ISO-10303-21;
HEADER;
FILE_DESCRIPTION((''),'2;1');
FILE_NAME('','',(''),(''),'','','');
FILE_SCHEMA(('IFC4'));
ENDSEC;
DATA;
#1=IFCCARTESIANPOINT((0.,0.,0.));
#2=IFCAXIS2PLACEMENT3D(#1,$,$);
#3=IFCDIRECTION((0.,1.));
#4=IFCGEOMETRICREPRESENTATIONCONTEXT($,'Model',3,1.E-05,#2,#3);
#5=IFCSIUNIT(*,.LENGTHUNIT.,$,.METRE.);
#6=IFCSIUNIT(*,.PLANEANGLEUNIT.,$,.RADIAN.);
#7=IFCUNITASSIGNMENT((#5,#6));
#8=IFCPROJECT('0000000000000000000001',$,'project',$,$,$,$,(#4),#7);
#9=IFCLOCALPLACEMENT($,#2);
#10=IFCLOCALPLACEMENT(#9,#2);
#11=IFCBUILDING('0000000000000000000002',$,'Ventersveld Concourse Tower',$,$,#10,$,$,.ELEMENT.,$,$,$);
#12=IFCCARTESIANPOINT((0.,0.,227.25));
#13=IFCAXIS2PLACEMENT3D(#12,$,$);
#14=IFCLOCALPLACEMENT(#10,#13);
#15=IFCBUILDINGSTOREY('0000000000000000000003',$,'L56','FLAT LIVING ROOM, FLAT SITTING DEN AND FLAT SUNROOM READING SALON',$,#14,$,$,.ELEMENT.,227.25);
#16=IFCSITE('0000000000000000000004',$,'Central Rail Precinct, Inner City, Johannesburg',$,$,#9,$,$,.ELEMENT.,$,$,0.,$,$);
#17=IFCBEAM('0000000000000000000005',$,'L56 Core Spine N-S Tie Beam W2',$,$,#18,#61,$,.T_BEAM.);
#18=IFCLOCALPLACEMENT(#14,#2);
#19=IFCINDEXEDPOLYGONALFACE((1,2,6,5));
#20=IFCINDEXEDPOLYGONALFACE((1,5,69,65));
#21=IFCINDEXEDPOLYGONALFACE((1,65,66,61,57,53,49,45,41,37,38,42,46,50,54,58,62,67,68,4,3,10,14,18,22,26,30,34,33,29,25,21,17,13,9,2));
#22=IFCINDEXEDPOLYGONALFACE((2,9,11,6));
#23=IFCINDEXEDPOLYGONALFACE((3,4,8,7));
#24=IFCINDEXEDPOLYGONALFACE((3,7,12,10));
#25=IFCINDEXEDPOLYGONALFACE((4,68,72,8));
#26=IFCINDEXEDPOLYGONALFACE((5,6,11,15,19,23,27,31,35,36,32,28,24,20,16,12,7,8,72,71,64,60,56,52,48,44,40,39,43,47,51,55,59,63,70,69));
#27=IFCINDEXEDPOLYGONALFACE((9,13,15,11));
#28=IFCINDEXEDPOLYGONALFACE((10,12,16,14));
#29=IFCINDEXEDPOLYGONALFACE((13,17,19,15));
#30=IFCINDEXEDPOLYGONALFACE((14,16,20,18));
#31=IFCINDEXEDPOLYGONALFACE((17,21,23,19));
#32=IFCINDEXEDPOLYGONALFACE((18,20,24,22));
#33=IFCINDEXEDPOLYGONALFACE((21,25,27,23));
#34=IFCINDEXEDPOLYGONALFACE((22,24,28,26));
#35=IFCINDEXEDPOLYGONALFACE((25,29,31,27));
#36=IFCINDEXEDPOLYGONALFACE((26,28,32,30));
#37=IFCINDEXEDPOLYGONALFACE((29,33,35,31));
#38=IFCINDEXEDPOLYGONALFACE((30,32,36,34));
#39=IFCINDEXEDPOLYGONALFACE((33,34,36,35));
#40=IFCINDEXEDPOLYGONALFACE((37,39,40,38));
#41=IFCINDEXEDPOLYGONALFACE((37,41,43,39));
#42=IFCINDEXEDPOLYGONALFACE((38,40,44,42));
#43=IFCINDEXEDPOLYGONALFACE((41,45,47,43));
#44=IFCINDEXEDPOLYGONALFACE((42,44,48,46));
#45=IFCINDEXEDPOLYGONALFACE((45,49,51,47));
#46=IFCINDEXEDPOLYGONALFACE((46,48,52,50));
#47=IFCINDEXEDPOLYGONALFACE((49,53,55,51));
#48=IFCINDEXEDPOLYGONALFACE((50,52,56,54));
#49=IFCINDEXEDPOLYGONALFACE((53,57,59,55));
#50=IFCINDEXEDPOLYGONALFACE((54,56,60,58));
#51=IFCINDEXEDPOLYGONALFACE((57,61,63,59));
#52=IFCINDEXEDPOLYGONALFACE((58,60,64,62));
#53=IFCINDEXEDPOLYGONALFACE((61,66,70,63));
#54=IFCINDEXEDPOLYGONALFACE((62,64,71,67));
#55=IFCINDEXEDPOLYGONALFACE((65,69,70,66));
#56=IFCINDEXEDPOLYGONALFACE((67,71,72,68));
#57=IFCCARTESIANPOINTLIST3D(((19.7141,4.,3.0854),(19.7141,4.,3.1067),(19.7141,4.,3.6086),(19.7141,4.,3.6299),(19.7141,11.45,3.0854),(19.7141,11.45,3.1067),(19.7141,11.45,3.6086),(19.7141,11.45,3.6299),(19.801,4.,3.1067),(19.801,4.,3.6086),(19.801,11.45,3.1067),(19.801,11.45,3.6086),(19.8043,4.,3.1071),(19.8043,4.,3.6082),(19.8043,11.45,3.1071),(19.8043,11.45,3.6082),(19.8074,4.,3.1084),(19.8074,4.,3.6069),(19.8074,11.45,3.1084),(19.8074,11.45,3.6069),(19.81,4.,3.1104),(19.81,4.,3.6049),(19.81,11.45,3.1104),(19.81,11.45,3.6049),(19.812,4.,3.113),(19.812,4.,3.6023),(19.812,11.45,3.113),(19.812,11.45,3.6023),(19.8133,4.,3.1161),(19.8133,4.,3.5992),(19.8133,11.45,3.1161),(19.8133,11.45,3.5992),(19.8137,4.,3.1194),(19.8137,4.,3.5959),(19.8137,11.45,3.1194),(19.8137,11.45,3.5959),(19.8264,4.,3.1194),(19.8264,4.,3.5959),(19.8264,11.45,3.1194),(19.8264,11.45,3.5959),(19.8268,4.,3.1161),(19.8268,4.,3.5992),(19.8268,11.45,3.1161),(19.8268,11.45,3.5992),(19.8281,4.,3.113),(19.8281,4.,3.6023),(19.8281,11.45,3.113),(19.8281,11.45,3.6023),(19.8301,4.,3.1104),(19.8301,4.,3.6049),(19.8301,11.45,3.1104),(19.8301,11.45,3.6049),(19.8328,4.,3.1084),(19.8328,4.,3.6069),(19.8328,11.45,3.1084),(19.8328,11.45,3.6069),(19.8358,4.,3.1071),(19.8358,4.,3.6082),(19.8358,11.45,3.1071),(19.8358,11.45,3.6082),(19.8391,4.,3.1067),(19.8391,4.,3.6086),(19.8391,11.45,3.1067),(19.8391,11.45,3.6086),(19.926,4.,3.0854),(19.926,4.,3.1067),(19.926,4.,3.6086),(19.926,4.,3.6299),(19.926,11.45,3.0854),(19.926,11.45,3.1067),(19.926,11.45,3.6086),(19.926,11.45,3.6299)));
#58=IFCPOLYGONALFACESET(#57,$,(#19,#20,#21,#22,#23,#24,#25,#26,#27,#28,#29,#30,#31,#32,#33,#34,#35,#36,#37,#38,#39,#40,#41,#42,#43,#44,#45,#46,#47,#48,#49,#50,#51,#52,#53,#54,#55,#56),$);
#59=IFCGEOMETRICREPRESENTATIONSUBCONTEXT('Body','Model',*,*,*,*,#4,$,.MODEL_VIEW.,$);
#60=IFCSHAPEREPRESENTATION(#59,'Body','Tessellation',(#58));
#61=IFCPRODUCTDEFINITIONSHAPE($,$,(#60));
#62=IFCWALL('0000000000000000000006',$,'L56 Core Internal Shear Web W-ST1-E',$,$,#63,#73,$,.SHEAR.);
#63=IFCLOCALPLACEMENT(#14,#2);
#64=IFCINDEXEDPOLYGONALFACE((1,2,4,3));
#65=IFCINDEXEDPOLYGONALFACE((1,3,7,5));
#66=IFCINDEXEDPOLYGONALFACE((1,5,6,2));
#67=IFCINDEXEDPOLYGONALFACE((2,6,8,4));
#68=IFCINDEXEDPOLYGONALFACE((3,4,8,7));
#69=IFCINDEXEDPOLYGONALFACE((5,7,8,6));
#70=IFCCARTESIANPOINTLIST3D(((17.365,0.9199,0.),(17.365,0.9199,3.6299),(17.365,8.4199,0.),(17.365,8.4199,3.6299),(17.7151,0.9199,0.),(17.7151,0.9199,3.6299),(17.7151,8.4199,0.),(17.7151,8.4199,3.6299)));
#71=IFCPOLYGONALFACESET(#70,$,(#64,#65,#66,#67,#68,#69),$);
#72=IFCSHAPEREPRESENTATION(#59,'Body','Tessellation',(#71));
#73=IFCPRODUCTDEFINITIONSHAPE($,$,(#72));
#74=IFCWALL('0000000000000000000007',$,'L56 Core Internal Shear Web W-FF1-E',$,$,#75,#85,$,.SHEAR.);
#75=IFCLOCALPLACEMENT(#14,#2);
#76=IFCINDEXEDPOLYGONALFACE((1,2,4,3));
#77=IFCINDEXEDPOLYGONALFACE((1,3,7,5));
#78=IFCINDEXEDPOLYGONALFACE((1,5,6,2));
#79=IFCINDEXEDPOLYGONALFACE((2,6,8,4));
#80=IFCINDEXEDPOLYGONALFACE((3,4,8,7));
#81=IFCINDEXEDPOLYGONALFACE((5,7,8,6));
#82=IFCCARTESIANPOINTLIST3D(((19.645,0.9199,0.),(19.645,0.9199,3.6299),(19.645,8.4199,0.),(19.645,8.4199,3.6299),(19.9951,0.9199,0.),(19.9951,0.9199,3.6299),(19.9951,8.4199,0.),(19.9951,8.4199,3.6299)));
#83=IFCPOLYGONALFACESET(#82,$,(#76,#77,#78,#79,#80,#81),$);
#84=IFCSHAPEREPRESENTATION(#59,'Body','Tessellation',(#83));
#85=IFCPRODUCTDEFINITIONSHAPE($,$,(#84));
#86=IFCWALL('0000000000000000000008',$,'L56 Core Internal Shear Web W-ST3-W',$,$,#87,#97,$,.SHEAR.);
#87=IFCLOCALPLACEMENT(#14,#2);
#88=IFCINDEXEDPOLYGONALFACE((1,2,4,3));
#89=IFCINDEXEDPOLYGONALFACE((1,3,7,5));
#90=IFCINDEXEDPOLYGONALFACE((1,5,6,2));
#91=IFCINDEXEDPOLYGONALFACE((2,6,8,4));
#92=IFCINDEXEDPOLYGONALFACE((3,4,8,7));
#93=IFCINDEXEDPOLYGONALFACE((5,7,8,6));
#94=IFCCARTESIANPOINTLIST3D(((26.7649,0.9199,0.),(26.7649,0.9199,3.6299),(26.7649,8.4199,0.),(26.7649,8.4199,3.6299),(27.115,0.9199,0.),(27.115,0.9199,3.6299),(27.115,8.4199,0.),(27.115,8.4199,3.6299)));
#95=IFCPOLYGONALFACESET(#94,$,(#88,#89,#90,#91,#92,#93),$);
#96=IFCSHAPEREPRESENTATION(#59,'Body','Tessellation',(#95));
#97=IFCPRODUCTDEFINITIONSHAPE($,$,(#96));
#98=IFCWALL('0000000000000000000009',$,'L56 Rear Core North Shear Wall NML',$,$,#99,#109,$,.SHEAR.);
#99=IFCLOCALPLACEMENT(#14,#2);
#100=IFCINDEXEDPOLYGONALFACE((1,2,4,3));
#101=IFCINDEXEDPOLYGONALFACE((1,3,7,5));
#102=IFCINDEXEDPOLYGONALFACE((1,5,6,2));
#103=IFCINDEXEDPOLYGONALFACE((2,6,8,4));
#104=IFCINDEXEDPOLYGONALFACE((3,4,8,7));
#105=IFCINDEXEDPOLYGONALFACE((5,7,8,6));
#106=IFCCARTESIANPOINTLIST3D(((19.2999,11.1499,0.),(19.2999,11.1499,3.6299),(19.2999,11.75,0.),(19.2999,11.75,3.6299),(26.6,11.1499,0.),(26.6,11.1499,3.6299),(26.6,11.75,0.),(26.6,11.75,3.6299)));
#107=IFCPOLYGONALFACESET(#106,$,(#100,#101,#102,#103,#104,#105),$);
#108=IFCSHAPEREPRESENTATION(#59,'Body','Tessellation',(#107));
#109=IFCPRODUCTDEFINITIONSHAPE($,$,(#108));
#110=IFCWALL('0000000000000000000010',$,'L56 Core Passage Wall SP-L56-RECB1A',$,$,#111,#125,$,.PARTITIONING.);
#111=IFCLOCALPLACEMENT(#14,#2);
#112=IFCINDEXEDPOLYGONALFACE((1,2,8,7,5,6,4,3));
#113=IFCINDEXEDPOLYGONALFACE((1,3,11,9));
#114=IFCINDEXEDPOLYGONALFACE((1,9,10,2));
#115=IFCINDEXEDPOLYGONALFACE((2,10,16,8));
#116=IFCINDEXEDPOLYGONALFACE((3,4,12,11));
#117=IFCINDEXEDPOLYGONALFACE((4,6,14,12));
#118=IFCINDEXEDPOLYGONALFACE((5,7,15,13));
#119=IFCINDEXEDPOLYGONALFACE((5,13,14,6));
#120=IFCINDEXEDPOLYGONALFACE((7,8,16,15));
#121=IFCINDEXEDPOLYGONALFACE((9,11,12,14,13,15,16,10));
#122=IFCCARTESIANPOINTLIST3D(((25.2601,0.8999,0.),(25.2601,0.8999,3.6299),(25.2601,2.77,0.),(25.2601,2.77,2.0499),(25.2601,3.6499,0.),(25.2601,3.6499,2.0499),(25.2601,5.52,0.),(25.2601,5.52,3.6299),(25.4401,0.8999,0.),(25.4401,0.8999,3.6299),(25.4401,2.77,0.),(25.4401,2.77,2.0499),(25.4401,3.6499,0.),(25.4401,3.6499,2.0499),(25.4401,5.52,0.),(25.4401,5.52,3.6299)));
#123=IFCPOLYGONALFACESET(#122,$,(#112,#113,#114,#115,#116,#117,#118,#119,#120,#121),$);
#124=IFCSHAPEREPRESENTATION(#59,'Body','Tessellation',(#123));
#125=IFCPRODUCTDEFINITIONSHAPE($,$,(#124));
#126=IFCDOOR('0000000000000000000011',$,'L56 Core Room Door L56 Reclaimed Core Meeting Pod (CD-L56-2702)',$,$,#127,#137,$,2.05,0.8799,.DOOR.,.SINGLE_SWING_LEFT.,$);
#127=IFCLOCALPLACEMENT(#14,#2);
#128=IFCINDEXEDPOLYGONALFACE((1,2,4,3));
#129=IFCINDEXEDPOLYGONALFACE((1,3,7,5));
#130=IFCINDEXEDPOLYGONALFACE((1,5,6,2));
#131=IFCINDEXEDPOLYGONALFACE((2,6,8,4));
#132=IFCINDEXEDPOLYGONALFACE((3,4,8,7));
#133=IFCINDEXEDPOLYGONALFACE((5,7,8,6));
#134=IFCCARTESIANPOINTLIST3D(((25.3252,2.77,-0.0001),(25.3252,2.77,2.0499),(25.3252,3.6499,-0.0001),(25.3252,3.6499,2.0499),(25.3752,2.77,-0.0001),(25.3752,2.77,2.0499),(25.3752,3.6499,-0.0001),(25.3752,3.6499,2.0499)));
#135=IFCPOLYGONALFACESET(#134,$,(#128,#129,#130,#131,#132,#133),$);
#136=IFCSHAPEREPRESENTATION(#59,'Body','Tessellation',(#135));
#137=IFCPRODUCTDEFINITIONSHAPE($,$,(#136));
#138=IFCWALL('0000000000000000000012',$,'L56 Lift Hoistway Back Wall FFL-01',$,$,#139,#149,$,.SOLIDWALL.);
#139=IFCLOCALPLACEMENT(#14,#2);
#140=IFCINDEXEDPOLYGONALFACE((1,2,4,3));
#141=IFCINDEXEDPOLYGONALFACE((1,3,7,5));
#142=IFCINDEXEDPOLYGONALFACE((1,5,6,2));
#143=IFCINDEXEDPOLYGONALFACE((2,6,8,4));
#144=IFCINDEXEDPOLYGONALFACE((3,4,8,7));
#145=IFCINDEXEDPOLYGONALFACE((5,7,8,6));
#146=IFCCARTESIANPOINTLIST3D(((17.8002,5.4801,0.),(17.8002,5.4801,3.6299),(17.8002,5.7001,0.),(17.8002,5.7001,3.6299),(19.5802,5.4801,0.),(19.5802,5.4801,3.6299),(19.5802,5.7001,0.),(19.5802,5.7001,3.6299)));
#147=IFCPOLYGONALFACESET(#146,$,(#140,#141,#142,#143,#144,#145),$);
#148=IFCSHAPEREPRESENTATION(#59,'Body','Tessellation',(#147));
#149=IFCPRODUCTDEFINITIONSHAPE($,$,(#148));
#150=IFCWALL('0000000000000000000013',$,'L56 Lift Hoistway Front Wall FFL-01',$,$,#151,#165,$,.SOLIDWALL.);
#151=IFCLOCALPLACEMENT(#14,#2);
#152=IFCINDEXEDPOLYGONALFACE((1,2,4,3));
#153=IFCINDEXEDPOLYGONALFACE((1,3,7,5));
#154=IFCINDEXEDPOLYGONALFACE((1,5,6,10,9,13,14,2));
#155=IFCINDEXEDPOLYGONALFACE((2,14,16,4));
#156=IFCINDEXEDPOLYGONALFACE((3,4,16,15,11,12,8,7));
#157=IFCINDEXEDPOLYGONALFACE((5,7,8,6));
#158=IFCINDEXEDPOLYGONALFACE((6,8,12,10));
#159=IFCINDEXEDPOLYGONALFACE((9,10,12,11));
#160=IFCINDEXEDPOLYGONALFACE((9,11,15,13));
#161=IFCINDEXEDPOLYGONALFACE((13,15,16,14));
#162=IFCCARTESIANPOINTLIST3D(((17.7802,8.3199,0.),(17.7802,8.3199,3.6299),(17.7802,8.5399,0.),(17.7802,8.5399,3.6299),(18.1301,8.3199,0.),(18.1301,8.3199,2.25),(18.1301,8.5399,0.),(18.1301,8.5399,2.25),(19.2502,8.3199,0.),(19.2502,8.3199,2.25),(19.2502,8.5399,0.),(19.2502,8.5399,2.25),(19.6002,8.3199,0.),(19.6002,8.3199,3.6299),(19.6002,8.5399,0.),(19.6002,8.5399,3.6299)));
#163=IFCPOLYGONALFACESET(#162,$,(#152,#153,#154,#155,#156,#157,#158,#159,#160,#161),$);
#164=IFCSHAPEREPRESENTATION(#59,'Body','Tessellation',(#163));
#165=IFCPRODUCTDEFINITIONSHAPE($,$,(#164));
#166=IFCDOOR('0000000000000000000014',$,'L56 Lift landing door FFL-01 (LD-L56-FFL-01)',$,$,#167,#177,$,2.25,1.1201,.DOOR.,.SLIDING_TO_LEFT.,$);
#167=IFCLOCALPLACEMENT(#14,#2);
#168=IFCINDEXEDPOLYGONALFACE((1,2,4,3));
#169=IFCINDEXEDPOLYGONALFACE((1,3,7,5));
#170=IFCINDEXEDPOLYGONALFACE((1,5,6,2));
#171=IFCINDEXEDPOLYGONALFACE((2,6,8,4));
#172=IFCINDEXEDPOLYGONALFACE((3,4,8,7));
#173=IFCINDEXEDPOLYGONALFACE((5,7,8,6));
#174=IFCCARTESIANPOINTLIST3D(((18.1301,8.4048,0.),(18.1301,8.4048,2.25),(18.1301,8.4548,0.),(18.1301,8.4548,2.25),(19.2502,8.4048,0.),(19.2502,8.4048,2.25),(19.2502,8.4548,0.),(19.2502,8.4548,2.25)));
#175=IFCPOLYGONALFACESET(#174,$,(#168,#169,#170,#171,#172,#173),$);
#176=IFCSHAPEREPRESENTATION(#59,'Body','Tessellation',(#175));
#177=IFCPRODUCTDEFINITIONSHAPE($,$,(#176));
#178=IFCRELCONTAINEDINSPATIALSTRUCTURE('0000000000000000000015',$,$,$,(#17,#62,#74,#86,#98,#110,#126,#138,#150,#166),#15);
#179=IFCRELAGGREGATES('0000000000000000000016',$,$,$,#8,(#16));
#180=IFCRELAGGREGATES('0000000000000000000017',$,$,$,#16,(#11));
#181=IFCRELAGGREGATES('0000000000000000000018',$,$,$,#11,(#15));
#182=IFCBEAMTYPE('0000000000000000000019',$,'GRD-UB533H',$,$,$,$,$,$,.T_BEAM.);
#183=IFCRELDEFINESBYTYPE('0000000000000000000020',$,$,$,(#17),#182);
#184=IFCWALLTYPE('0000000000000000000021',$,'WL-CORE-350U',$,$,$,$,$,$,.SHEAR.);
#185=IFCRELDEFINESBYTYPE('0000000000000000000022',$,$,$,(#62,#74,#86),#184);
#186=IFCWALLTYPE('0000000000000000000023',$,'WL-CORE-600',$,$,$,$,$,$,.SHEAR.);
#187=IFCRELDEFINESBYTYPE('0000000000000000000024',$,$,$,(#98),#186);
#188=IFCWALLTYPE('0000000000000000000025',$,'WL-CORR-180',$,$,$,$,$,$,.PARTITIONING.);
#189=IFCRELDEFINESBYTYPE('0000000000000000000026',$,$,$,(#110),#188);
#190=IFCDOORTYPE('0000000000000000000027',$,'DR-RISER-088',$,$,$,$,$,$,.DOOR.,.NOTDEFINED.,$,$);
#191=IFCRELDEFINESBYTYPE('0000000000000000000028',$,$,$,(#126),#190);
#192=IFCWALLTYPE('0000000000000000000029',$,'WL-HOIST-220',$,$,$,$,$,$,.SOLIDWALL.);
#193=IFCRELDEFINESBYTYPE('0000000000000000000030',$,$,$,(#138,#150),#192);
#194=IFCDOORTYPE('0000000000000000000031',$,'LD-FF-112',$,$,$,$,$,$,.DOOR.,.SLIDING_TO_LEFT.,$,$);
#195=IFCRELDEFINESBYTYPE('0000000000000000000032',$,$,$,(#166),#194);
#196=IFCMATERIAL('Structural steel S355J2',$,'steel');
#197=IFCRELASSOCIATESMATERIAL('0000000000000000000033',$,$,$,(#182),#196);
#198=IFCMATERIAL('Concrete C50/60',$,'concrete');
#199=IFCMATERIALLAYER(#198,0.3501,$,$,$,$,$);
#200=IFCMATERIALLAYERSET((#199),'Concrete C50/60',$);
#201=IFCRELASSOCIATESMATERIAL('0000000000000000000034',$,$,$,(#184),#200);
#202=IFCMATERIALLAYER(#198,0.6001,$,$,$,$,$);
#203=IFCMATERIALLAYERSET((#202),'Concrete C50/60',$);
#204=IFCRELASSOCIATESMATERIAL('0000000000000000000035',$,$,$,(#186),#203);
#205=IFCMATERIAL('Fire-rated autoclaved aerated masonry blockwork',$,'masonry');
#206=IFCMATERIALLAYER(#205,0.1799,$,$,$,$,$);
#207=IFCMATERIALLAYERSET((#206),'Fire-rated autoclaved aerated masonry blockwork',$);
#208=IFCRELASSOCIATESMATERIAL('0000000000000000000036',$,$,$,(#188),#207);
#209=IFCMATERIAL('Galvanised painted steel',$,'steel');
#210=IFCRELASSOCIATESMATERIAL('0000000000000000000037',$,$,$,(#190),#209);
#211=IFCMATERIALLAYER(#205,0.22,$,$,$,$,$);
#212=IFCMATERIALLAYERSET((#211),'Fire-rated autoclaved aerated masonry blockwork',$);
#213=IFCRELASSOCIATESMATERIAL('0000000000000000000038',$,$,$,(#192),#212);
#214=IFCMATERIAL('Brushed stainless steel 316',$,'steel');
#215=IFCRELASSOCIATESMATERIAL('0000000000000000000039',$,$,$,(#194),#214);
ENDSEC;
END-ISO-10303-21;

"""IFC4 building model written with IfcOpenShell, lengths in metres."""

from ifc_helpers import new_model, si_unit, direction, frame, frame_2d, origin, origin_2d, place, context, subcontext, project, spatial, rectangle, i_section, extrude, material, layer, layer_set, material_profile, profile_set, type_object, element, fill, save


model = new_model("IFC4")

# Units and contexts
model_context = context("Model", 3, precision=1e-05, world=origin(), true_north=direction((0.0, 1.0)))
body_context = subcontext(model_context, "Body", "Model", "MODEL_VIEW")
ifc_project = project(units=[si_unit("LENGTHUNIT", "METRE"), si_unit("PLANEANGLEUNIT", "RADIAN")], contexts=[model_context])

# Site, building, storey
site_placement = place(None, origin())
site = spatial("IfcSite", under=ifc_project, at=site_placement, Name="Central Rail Precinct, Inner City, Johannesburg", CompositionType="ELEMENT", RefElevation=0.0)
building_placement = place(site_placement, origin())
building = spatial("IfcBuilding", under=site, at=building_placement, Name="Ventersveld Concourse Tower", CompositionType="ELEMENT")
storey_placement = place(building_placement, frame((0.0, 0.0, 227.25)))
storey = spatial("IfcBuildingStorey", under=building, at=storey_placement, Name="L56", Description="FLAT LIVING ROOM, FLAT SITTING DEN AND FLAT SUNROOM READING SALON", CompositionType="ELEMENT", Elevation=227.25)

# Shared definitions
ifc_material_1 = material(Name="Concrete C50/60", Category="concrete")

# Beam
ifc_material_2 = material(Name="Structural steel S355J2", Category="steel")
ifc_material_profile_1 = material_profile(ifc_material_2, i_section(OverallWidth=0.2119, OverallDepth=0.5444, WebThickness=0.0127, FlangeThickness=0.0212, FilletRadius=0.0127, at=origin_2d()), Name="UB 533x210x122")
ifc_profile_set_1 = profile_set([ifc_material_profile_1], Name="Structural steel S355J2")
beam_type_1 = type_object("IfcBeamType", Name="GRD-UB533H", PredefinedType="T_BEAM", material=ifc_profile_set_1)
beam_1_placement = place(storey_placement, frame((19.8201, 4.0, 3.3577), z_axis=(0.0, 1.0, 0.0), x_axis=(-1.0, 0.0, 0.0)))
element("IfcBeam", 1, at=beam_1_placement, inside=storey, type_object=beam_type_1, Name="L56 Core Spine N-S Tie Beam W2", PredefinedType="T_BEAM", context=body_context, shape_type="SweptSolid", body=[
    extrude(i_section(OverallWidth=0.2119, OverallDepth=0.5444, WebThickness=0.0127, FlangeThickness=0.0212, FilletRadius=0.0127, at=origin_2d()), origin(), (0.0, 0.0, 1.0), 7.45),
])

# Walls
ifc_layer_1 = layer(ifc_material_1, 0.3501)
ifc_layer_set_1 = layer_set([ifc_layer_1], Name="Concrete C50/60")
wall_type_1 = type_object("IfcWallType", Name="WL-CORE-350U", PredefinedType="SHEAR", material=ifc_layer_set_1)
for number, where, z_axis, x_axis, name in (
    (2, (17.54, 0.9199, 0.0), (0.0, 0.0, 1.0), (0.0, 1.0, 0.0), "L56 Core Internal Shear Web W-ST1-E"),
    (3, (19.8201, 0.9199, 0.0), (0.0, 0.0, 1.0), (0.0, 1.0, 0.0), "L56 Core Internal Shear Web W-FF1-E"),
    (4, (26.9399, 0.9199, 0.0), (0.0, 0.0, 1.0), (0.0, 1.0, 0.0), "L56 Core Internal Shear Web W-ST3-W"),
):
    element("IfcWall", number, at=place(storey_placement, frame(where, z_axis=z_axis, x_axis=x_axis)), inside=storey, type_object=wall_type_1, Name=name, PredefinedType="SHEAR", context=body_context, shape_type="SweptSolid", body=[
        extrude(rectangle(XDim=7.5, YDim=0.3501, at=frame_2d((3.75, 0.0))), origin(), (0.0, 0.0, 1.0), 3.6299),
    ])
ifc_layer_2 = layer(ifc_material_1, 0.6001)
ifc_layer_set_2 = layer_set([ifc_layer_2], Name="Concrete C50/60")
wall_type_2 = type_object("IfcWallType", Name="WL-CORE-600", PredefinedType="SHEAR", material=ifc_layer_set_2)
wall_1_placement = place(storey_placement, frame((19.3, 11.45, 0.0), z_axis=(0.0, 0.0, 1.0), x_axis=(1.0, 0.0, 0.0)))
element("IfcWall", 5, at=wall_1_placement, inside=storey, type_object=wall_type_2, Name="L56 Rear Core North Shear Wall NML", PredefinedType="SHEAR", context=body_context, shape_type="SweptSolid", body=[
    extrude(rectangle(XDim=7.3, YDim=0.6001, at=frame_2d((3.6499, 0.0))), origin(), (0.0, 0.0, 1.0), 3.6299),
])

# Wall, opening, door
ifc_material_3 = material(Name="Fire-rated autoclaved aerated masonry blockwork", Category="masonry")
ifc_layer_3 = layer(ifc_material_3, 0.1799)
ifc_layer_set_3 = layer_set([ifc_layer_3], Name="Fire-rated autoclaved aerated masonry blockwork")
wall_type_3 = type_object("IfcWallType", Name="WL-CORR-180", PredefinedType="PARTITIONING", material=ifc_layer_set_3)
wall_2_placement = place(storey_placement, frame((25.3501, 0.8999, 0.0), z_axis=(0.0, 0.0, 1.0), x_axis=(0.0, 1.0, 0.0)))
wall_2 = element("IfcWall", 6, at=wall_2_placement, inside=storey, type_object=wall_type_3, Name="L56 Core Passage Wall SP-L56-RECB1A", PredefinedType="PARTITIONING", context=body_context, shape_type="SweptSolid", body=[
    extrude(rectangle(XDim=4.6201, YDim=0.1799, at=frame_2d((2.3101, 0.0))), origin(), (0.0, 0.0, 1.0), 3.6299),
])
opening_1_placement = place(wall_2_placement, frame((1.8701, 0.0, 0.0)))
opening_1 = element("IfcOpeningElement", 7, at=opening_1_placement, cuts=wall_2, PredefinedType="OPENING", context=body_context, shape_type="SweptSolid", body=[
    extrude(rectangle(XDim=0.8799, YDim=2.05, at=frame_2d((0.4399, 1.0249))), frame((0.0, 0.1001, 0.0), z_axis=(0.0, -1.0, 0.0), x_axis=(1.0, 0.0, 0.0)), (0.0, 0.0, 1.0), 0.2),
])
ifc_material_4 = material(Name="Galvanised painted steel", Category="steel")
door_type_1 = type_object("IfcDoorType", Name="DR-RISER-088", OperationType="NOTDEFINED", PredefinedType="DOOR", material=ifc_material_4)
door_1_placement = place(opening_1_placement, origin())
door_1 = element("IfcDoor", 8, at=door_1_placement, inside=storey, type_object=door_type_1, Name="L56 Core Room Door L56 Reclaimed Core Meeting Pod (CD-L56-2702)", OperationType="SINGLE_SWING_LEFT", OverallHeight=2.05, OverallWidth=0.8799, PredefinedType="DOOR", context=body_context, shape_type="SweptSolid", body=[
    extrude(rectangle(XDim=0.8799, YDim=2.05, at=frame_2d((0.4399, 1.0249))), frame((0.0, 0.0249, 0.0), z_axis=(0.0, -1.0, 0.0), x_axis=(1.0, 0.0, 0.0)), (0.0, 0.0, 1.0), 0.05),
])
fill(opening_1, door_1)

# Wall
ifc_layer_4 = layer(ifc_material_3, 0.22)
ifc_layer_set_4 = layer_set([ifc_layer_4], Name="Fire-rated autoclaved aerated masonry blockwork")
wall_type_4 = type_object("IfcWallType", Name="WL-HOIST-220", PredefinedType="SOLIDWALL", material=ifc_layer_set_4)
wall_3_placement = place(storey_placement, frame((17.8, 5.5901, 0.0), z_axis=(0.0, 0.0, 1.0), x_axis=(1.0, 0.0, 0.0)))
element("IfcWall", 9, at=wall_3_placement, inside=storey, type_object=wall_type_4, Name="L56 Lift Hoistway Back Wall FFL-01", PredefinedType="SOLIDWALL", context=body_context, shape_type="SweptSolid", body=[
    extrude(rectangle(XDim=1.78, YDim=0.22, at=frame_2d((0.8901, 0.0))), origin(), (0.0, 0.0, 1.0), 3.6299),
])

# Wall, opening, door
wall_4_placement = place(storey_placement, frame((17.78, 8.4299, 0.0), z_axis=(0.0, 0.0, 1.0), x_axis=(1.0, 0.0, 0.0)))
wall_4 = element("IfcWall", 10, at=wall_4_placement, inside=storey, type_object=wall_type_4, Name="L56 Lift Hoistway Front Wall FFL-01", PredefinedType="SOLIDWALL", context=body_context, shape_type="SweptSolid", body=[
    extrude(rectangle(XDim=1.8201, YDim=0.22, at=frame_2d((0.9102, 0.0))), origin(), (0.0, 0.0, 1.0), 3.6299),
])
opening_2_placement = place(wall_4_placement, frame((0.3501, 0.0, 0.0)))
opening_2 = element("IfcOpeningElement", 11, at=opening_2_placement, cuts=wall_4, PredefinedType="OPENING", context=body_context, shape_type="SweptSolid", body=[
    extrude(rectangle(XDim=1.1201, YDim=2.25, at=frame_2d((0.5601, 1.125))), frame((0.0, 0.1201, 0.0), z_axis=(0.0, -1.0, 0.0), x_axis=(1.0, 0.0, 0.0)), (0.0, 0.0, 1.0), 0.24),
])
ifc_material_5 = material(Name="Brushed stainless steel 316", Category="steel")
door_type_2 = type_object("IfcDoorType", Name="LD-FF-112", OperationType="SLIDING_TO_LEFT", PredefinedType="DOOR", material=ifc_material_5)
door_2_placement = place(opening_2_placement, origin())
door_2 = element("IfcDoor", 12, at=door_2_placement, inside=storey, type_object=door_type_2, Name="L56 Lift landing door FFL-01 (LD-L56-FFL-01)", OperationType="SLIDING_TO_LEFT", OverallHeight=2.25, OverallWidth=1.1201, PredefinedType="DOOR", context=body_context, shape_type="SweptSolid", body=[
    extrude(rectangle(XDim=1.1201, YDim=2.25, at=frame_2d((0.5601, 1.125))), frame((0.0, 0.0249, 0.0), z_axis=(0.0, -1.0, 0.0), x_axis=(1.0, 0.0, 0.0)), (0.0, 0.0, 1.0), 0.05),
])
fill(opening_2, door_2)

save(model, "model.ifc")
